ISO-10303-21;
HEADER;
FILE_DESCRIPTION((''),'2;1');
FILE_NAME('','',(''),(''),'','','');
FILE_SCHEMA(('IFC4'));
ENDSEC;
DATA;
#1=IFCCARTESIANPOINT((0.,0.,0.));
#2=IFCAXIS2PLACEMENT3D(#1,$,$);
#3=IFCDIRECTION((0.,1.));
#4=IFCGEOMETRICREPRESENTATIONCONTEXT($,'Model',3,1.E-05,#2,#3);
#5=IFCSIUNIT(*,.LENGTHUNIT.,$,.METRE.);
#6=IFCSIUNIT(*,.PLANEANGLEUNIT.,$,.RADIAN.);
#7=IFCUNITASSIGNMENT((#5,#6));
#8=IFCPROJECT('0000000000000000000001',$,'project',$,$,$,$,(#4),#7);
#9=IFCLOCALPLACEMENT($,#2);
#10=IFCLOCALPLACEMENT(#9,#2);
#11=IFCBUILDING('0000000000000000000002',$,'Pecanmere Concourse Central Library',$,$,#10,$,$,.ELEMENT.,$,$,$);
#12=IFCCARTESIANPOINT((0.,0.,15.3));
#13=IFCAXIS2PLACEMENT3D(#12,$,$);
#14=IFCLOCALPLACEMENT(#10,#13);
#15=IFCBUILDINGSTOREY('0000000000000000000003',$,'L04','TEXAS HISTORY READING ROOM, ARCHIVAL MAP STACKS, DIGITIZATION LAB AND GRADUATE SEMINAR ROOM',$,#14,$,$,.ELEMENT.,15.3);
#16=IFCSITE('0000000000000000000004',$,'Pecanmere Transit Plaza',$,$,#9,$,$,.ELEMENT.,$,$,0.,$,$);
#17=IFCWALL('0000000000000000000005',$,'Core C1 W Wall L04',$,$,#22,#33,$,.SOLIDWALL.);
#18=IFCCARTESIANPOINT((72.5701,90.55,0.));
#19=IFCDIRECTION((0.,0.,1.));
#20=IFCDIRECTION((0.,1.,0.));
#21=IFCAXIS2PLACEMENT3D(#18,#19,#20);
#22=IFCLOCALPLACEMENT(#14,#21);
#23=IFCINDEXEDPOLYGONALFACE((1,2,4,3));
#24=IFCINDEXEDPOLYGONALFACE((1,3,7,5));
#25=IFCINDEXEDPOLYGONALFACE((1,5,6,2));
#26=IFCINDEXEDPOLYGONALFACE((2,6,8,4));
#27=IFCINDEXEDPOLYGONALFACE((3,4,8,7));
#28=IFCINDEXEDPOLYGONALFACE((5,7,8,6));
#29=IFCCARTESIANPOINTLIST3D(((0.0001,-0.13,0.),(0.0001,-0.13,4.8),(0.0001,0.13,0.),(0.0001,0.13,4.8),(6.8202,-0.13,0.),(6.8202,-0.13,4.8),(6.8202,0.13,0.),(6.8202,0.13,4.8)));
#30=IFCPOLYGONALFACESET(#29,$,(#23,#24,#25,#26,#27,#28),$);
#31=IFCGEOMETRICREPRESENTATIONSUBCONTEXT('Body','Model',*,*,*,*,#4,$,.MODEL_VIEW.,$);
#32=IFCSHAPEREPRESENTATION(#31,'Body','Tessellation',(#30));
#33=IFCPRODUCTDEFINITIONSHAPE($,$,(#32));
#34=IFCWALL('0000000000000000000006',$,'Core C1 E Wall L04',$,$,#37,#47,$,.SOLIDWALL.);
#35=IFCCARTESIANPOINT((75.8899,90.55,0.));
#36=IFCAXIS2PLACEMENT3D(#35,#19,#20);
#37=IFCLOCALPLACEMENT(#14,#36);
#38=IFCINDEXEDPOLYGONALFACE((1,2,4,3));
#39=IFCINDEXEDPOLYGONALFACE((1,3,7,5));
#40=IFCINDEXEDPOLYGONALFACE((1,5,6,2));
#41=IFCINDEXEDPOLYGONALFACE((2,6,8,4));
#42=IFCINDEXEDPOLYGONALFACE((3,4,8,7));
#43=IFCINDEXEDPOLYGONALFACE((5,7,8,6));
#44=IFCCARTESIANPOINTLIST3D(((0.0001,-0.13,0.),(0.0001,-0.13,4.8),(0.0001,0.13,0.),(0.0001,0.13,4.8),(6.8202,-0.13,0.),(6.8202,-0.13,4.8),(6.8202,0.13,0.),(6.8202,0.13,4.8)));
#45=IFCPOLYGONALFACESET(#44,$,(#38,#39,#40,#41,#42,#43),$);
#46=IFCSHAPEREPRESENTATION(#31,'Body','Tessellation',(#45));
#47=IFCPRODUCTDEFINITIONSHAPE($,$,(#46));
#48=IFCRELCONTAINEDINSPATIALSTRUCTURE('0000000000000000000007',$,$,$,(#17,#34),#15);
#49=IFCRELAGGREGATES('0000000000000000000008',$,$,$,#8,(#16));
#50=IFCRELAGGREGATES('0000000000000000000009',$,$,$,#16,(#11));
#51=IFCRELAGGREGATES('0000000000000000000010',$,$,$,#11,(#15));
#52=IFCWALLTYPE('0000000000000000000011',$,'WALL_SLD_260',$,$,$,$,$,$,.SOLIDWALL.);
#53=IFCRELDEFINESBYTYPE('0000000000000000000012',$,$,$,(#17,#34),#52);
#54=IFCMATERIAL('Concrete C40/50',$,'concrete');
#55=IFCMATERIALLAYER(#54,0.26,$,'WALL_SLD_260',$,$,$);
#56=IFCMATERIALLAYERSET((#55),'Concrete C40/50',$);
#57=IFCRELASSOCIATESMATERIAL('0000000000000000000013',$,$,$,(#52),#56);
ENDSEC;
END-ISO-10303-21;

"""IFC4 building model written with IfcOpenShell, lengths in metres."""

from ifc_helpers import new_model, si_unit, direction, frame, frame_2d, origin, place, context, subcontext, project, spatial, rectangle, extrude, material, layer, layer_set, type_object, element, save


model = new_model("IFC4")

# Units and contexts
model_context = context("Model", 3, precision=1e-05, world=origin(), true_north=direction((0.0, 1.0)))
body_context = subcontext(model_context, "Body", "Model", "MODEL_VIEW")
ifc_project = project(units=[si_unit("LENGTHUNIT", "METRE"), si_unit("PLANEANGLEUNIT", "RADIAN")], contexts=[model_context])

# Site, building, storey
site_placement = place(None, origin())
site = spatial("IfcSite", under=ifc_project, at=site_placement, Name="Pecanmere Transit Plaza", CompositionType="ELEMENT", RefElevation=0.0)
building_placement = place(site_placement, origin())
building = spatial("IfcBuilding", under=site, at=building_placement, Name="Pecanmere Concourse Central Library", CompositionType="ELEMENT")
storey_placement = place(building_placement, frame((0.0, 0.0, 15.3)))
storey = spatial("IfcBuildingStorey", under=building, at=storey_placement, Name="L04", Description="TEXAS HISTORY READING ROOM, ARCHIVAL MAP STACKS, DIGITIZATION LAB AND GRADUATE SEMINAR ROOM", CompositionType="ELEMENT", Elevation=15.3)

# Shared definitions
ifc_material_1 = material(Name="Concrete C40/50", Category="concrete")
ifc_layer_1 = layer(ifc_material_1, 0.26, Name="WALL_SLD_260")
ifc_layer_set_1 = layer_set([ifc_layer_1], Name="Concrete C40/50")
wall_type_1 = type_object("IfcWallType", Name="WALL_SLD_260", PredefinedType="SOLIDWALL", material=ifc_layer_set_1)

# Walls
for number, where, z_axis, x_axis, name in (
    (1, (72.5701, 90.55, 0.0), (0.0, 0.0, 1.0), (0.0, 1.0, 0.0), "Core C1 W Wall L04"),
    (2, (75.8899, 90.55, 0.0), (0.0, 0.0, 1.0), (0.0, 1.0, 0.0), "Core C1 E Wall L04"),
):
    element("IfcWall", number, at=place(storey_placement, frame(where, z_axis=z_axis, x_axis=x_axis)), inside=storey, type_object=wall_type_1, Name=name, PredefinedType="SOLIDWALL", context=body_context, shape_type="SweptSolid", body=[
        extrude(rectangle(XDim=6.8201, YDim=0.26, at=frame_2d((3.4102, 0.0))), origin(), (0.0, 0.0, 1.0), 4.8),
    ])

save(model, "model.ifc")
